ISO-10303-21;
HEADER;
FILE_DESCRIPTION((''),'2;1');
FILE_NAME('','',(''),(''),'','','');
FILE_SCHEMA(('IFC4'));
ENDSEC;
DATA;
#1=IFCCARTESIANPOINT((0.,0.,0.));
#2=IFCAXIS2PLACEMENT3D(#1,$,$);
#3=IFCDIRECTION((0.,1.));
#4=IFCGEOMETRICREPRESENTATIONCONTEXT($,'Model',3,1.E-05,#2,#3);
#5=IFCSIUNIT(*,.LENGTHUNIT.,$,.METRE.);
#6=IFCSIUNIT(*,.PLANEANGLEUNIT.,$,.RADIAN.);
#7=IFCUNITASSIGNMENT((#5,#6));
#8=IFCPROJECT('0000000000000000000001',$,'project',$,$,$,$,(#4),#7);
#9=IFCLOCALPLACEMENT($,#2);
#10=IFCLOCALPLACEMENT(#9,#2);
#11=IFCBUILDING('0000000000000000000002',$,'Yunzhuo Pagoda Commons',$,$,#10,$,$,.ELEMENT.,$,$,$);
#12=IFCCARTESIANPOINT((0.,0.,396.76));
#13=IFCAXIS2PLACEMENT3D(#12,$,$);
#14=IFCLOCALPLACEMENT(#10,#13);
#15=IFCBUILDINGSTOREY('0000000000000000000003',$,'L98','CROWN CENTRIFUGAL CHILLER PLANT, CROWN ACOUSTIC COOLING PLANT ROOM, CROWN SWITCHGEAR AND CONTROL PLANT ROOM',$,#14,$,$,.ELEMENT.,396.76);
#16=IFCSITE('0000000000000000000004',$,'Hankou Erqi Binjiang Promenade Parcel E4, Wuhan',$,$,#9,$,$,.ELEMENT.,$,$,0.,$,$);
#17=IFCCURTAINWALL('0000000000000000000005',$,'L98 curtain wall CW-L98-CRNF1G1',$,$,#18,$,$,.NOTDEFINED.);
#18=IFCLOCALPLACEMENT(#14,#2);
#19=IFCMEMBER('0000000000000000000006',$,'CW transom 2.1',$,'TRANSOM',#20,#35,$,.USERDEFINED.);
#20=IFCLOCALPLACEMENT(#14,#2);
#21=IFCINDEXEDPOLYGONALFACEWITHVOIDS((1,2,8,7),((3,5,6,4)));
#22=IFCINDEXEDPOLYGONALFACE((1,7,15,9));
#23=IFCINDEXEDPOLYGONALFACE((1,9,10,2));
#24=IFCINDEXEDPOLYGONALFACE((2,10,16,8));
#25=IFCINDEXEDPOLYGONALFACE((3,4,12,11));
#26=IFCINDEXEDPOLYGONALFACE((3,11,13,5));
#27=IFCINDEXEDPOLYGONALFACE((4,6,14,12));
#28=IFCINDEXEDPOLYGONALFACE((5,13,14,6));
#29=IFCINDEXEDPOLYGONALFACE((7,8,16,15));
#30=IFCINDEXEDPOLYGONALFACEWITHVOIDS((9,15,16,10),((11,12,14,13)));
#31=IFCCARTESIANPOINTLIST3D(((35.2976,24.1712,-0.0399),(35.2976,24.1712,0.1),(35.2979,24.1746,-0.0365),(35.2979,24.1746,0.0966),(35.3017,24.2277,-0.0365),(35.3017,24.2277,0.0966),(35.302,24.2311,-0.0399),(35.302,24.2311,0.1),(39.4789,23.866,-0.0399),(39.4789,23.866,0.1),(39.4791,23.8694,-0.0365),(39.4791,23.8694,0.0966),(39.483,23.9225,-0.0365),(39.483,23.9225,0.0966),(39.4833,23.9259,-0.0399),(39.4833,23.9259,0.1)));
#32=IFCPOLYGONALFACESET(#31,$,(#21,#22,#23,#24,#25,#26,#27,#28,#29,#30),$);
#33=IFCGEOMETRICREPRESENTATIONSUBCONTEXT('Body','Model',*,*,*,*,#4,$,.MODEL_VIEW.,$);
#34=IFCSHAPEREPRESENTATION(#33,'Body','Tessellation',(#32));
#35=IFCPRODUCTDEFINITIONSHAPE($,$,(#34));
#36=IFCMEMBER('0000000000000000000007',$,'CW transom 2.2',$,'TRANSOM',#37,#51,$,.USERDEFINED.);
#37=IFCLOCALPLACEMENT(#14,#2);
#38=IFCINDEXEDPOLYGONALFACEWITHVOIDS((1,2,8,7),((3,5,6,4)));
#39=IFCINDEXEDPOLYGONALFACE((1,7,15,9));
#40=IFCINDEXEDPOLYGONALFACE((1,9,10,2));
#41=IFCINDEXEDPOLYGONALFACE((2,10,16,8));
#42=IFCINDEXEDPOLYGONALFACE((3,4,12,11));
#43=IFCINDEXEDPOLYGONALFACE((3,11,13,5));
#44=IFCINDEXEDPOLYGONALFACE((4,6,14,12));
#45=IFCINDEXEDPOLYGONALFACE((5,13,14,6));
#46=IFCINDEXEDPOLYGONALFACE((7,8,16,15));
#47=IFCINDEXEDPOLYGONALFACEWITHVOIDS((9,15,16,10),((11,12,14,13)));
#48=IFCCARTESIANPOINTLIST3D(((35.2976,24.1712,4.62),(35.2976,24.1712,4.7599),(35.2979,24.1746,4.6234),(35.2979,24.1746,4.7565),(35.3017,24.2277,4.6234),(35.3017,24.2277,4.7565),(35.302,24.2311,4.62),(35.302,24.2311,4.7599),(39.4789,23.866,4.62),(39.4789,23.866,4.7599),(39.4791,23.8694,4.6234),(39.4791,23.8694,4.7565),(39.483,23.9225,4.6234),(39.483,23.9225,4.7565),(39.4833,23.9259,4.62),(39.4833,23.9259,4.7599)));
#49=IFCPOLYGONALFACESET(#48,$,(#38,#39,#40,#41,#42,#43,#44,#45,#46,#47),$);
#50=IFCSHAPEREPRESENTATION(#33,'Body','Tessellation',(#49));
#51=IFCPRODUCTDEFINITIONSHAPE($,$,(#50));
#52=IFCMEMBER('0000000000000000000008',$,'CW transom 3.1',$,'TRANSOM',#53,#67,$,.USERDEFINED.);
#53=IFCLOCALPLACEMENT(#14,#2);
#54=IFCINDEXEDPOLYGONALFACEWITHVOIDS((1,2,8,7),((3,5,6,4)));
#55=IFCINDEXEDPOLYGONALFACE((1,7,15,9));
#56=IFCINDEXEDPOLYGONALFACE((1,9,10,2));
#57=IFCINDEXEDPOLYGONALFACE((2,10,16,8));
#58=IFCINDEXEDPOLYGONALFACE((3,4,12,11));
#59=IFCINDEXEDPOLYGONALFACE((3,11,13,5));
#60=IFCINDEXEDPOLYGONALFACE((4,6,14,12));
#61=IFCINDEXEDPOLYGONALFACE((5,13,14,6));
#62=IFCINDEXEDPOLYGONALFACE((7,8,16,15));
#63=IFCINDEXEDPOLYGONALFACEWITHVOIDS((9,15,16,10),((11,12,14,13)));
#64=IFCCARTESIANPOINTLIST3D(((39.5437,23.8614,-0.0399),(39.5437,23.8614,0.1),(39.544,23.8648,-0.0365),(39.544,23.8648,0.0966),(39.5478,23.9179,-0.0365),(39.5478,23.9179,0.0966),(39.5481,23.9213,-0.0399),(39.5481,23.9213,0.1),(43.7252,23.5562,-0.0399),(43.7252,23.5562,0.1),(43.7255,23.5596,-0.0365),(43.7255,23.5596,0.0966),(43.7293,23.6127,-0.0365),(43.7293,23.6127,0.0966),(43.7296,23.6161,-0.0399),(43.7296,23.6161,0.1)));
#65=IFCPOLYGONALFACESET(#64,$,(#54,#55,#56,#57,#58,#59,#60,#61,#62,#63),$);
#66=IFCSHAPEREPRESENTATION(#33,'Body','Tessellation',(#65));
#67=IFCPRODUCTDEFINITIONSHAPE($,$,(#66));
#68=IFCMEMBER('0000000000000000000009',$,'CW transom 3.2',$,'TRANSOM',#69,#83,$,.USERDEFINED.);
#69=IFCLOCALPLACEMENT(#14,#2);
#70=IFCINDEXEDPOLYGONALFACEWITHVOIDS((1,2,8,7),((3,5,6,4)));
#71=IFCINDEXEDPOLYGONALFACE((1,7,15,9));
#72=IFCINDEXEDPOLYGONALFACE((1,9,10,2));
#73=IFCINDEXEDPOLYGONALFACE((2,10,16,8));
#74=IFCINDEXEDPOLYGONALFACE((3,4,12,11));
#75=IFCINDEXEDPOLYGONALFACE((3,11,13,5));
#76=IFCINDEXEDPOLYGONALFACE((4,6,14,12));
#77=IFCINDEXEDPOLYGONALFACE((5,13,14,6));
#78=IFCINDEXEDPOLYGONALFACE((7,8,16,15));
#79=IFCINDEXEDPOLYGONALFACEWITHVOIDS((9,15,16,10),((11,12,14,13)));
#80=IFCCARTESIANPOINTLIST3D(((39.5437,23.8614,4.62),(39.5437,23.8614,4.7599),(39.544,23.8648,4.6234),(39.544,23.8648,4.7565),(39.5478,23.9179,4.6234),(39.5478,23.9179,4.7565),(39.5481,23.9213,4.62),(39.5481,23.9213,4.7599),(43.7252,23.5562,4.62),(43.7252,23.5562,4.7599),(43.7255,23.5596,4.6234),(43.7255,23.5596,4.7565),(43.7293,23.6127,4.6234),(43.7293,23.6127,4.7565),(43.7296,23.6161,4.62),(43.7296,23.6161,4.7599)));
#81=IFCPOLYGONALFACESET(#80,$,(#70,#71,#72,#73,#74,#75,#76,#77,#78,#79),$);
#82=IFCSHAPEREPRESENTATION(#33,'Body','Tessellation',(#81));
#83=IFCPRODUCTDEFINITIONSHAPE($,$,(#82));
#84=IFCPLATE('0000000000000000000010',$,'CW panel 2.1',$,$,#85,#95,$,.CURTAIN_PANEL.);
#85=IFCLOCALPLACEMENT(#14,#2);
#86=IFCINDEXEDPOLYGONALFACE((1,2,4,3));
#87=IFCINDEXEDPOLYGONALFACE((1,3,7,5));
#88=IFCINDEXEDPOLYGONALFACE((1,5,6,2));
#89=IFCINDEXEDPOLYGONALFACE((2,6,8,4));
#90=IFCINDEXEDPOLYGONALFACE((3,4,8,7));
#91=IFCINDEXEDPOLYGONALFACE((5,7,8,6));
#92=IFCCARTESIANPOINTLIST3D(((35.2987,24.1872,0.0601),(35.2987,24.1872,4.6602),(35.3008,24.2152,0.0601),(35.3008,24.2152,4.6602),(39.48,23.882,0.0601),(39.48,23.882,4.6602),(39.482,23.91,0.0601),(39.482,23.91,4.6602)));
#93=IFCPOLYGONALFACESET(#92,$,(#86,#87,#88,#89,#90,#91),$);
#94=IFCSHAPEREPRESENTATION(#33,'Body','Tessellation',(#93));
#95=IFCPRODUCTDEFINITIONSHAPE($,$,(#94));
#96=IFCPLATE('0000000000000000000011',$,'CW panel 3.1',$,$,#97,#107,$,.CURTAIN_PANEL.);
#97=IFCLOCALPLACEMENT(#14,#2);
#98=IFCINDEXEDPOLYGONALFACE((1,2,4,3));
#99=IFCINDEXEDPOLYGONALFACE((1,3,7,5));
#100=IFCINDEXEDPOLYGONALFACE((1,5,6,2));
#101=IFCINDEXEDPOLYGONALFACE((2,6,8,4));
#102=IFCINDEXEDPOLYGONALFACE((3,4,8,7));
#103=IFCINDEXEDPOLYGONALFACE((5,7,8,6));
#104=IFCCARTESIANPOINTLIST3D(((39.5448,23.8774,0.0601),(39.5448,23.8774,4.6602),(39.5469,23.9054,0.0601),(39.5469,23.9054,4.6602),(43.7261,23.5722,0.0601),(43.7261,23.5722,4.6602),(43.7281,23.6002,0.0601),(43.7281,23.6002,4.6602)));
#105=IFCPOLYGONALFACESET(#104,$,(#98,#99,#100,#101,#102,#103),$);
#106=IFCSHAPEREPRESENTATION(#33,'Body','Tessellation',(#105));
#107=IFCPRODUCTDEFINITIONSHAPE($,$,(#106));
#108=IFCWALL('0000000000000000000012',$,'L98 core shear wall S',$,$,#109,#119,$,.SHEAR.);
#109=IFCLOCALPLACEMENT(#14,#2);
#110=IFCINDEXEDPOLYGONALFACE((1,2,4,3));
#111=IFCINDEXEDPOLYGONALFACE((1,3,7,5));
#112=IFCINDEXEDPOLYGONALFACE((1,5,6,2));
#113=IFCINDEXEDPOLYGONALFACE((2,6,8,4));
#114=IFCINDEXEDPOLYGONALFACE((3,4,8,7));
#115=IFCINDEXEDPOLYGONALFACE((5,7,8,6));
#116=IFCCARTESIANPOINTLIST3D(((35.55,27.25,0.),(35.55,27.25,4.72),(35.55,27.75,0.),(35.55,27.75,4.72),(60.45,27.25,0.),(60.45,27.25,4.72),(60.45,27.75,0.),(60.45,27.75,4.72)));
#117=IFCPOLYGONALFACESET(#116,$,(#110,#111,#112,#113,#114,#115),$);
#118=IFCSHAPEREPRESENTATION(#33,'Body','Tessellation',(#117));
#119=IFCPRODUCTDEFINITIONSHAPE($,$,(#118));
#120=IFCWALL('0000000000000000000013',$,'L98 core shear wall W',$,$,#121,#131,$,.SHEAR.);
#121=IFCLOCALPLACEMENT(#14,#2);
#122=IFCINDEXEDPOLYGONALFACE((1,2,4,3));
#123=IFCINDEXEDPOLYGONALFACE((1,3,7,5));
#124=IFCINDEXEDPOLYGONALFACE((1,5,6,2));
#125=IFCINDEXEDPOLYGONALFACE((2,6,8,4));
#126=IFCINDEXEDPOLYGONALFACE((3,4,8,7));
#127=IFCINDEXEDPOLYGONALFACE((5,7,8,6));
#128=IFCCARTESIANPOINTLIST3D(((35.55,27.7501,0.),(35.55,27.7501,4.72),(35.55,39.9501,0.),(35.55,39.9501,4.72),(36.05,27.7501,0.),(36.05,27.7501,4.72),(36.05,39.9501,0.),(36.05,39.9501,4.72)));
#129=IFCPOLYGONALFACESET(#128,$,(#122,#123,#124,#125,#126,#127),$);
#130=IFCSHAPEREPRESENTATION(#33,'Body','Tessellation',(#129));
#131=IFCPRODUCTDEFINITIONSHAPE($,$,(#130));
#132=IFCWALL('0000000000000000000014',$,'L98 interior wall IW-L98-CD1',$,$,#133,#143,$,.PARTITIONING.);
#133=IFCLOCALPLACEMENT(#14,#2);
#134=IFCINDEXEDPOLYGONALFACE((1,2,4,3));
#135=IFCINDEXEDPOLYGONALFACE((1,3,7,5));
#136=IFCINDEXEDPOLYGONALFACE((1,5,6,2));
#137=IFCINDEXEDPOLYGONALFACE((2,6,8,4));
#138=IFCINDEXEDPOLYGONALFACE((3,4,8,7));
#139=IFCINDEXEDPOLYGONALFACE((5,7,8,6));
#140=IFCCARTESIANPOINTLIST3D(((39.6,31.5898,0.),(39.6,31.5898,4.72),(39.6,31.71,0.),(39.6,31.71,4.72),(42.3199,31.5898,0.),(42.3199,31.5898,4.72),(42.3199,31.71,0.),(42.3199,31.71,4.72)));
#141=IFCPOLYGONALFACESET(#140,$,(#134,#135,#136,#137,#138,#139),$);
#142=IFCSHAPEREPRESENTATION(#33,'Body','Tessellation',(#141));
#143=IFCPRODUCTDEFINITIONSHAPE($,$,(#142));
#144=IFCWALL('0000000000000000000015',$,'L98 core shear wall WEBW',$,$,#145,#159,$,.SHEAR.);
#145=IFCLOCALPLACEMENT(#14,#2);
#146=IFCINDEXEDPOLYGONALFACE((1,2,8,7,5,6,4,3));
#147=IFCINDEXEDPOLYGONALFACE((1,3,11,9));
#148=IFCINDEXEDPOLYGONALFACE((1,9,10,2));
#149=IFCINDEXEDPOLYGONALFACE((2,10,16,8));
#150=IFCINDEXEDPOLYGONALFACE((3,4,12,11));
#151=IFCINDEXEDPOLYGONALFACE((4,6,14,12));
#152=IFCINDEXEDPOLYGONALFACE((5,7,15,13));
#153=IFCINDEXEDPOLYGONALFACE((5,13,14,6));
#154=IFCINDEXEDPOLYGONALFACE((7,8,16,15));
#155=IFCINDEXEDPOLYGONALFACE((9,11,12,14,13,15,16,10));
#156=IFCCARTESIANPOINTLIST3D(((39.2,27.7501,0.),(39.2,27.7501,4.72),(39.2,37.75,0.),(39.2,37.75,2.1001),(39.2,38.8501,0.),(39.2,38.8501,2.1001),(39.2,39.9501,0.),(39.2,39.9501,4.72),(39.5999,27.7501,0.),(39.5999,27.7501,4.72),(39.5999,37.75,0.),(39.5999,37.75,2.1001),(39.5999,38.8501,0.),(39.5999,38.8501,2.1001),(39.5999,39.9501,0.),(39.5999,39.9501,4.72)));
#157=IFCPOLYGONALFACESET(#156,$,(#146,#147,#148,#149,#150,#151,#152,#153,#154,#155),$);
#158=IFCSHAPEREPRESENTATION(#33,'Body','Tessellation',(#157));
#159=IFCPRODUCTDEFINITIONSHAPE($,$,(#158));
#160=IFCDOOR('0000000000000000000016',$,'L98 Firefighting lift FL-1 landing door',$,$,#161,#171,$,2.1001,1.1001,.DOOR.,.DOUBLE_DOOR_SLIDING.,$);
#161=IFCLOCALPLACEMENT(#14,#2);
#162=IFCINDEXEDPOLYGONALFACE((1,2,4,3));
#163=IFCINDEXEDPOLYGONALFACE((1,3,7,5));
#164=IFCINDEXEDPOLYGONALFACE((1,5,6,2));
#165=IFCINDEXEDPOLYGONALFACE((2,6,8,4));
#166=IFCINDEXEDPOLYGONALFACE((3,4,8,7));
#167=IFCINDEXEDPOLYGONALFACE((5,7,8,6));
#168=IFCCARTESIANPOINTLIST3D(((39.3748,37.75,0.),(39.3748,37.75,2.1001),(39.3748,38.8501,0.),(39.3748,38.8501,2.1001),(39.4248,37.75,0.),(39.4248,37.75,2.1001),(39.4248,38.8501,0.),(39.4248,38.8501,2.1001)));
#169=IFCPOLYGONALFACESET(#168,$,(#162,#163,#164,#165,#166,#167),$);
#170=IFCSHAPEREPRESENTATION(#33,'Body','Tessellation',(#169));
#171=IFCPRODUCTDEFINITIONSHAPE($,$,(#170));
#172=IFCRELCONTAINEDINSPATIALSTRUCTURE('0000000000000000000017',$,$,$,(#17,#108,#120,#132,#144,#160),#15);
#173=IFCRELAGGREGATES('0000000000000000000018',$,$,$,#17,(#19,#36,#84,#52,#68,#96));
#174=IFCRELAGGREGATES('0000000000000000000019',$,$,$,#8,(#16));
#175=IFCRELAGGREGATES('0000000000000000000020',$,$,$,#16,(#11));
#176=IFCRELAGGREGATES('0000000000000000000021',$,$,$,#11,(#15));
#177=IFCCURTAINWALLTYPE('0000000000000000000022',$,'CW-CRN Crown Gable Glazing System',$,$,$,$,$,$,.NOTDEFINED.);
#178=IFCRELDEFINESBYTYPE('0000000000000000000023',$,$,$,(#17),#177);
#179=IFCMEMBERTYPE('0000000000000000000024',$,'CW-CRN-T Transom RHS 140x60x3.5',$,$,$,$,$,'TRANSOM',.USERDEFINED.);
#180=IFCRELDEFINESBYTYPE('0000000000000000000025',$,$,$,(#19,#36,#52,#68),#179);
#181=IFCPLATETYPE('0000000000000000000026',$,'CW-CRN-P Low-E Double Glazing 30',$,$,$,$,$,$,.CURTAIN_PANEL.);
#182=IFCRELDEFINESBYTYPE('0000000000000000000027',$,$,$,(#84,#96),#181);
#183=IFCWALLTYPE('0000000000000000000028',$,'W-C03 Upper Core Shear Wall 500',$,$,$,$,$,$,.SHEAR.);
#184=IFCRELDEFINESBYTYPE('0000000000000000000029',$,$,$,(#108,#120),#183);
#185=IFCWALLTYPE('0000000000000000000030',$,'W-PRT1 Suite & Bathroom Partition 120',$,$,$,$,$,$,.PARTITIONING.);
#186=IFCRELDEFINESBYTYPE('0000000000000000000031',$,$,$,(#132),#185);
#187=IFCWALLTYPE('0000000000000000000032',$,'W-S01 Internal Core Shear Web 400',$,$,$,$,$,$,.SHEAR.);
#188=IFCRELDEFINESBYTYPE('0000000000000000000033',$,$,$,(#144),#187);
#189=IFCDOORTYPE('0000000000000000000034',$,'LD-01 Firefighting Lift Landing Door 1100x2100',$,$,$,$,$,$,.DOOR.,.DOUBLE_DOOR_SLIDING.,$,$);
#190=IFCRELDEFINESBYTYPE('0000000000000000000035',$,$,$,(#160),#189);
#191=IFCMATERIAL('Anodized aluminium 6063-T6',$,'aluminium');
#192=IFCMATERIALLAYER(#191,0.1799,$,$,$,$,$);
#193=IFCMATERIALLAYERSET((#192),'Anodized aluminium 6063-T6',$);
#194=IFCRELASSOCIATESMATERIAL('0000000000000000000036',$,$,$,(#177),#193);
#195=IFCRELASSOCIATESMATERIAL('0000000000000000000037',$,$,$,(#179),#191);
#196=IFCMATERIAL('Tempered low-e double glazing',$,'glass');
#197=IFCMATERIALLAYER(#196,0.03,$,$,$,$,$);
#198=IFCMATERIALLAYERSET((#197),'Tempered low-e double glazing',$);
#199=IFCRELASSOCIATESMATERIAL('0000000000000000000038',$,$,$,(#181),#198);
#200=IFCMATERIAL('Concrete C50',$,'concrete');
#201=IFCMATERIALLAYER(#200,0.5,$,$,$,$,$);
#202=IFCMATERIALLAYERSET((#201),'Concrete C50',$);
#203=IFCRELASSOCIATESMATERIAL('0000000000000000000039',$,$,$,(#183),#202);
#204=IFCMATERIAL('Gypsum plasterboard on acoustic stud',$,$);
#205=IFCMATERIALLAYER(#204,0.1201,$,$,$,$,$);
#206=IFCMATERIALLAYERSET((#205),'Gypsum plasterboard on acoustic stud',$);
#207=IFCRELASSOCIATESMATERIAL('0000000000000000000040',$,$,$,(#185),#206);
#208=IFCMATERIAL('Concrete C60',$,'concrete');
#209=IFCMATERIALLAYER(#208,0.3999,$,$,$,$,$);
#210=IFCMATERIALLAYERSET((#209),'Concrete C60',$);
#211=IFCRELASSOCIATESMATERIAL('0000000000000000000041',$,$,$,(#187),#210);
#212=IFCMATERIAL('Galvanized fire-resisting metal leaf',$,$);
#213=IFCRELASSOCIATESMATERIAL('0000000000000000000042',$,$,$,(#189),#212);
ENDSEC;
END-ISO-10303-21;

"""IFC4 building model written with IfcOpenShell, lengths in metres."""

from ifc_helpers import new_model, si_unit, direction, frame, frame_2d, origin, origin_2d, place, context, subcontext, project, spatial, rectangle, hollow_rectangle, extrude, source, transform, mapped, material, layer, layer_set, material_profile, profile_set, type_object, element, fill, aggregate, save


model = new_model("IFC4")

# Units and contexts
model_context = context("Model", 3, precision=1e-05, world=origin(), true_north=direction((0.0, 1.0)))
body_context = subcontext(model_context, "Body", "Model", "MODEL_VIEW")
ifc_project = project(units=[si_unit("LENGTHUNIT", "METRE"), si_unit("PLANEANGLEUNIT", "RADIAN")], contexts=[model_context])

# Site, building, storey
site_placement = place(None, origin())
site = spatial("IfcSite", under=ifc_project, at=site_placement, Name="Hankou Erqi Binjiang Promenade Parcel E4, Wuhan", CompositionType="ELEMENT", RefElevation=0.0)
building_placement = place(site_placement, origin())
building = spatial("IfcBuilding", under=site, at=building_placement, Name="Yunzhuo Pagoda Commons", CompositionType="ELEMENT")
storey_placement = place(building_placement, frame((0.0, 0.0, 396.76)))
storey = spatial("IfcBuildingStorey", under=building, at=storey_placement, Name="L98", Description="CROWN CENTRIFUGAL CHILLER PLANT, CROWN ACOUSTIC COOLING PLANT ROOM, CROWN SWITCHGEAR AND CONTROL PLANT ROOM", CompositionType="ELEMENT", Elevation=396.76)

# Curtain wall, members, plates
ifc_material_1 = material(Name="Anodized aluminium 6063-T6", Category="aluminium")
ifc_layer_1 = layer(ifc_material_1, 0.1799)
ifc_layer_set_1 = layer_set([ifc_layer_1], Name="Anodized aluminium 6063-T6")
curtain_wall_type = type_object("IfcCurtainWallType", Name="CW-CRN Crown Gable Glazing System", PredefinedType="NOTDEFINED", material=ifc_layer_set_1)
curtain_wall_placement = place(storey_placement, origin())
curtain_wall = element("IfcCurtainWall", 1, at=curtain_wall_placement, inside=storey, type_object=curtain_wall_type, Name="L98 curtain wall CW-L98-CRNF1G1", PredefinedType="NOTDEFINED")
ifc_material_profile_1 = material_profile(ifc_material_1, hollow_rectangle(XDim=0.0601, YDim=0.1399, WallThickness=0.0034, at=origin_2d()), Name="Anodized aluminium 6063-T6")
ifc_profile_set_1 = profile_set([ifc_material_profile_1], Name="Anodized aluminium 6063-T6")
member_type_1 = type_object("IfcMemberType", Name="CW-CRN-T Transom RHS 140x60x3.5", ElementType="TRANSOM", PredefinedType="USERDEFINED", material=ifc_profile_set_1)
shared_shape_1 = source(origin(), body_context, "Body", "SweptSolid", [
    extrude(hollow_rectangle(XDim=0.0601, YDim=0.1399, WallThickness=0.0034, at=origin_2d()), origin(), (0.0, 0.0, 1.0), 4.1924),
])
member_1_placement = place(storey_placement, frame((35.2998, 24.2012, 0.03), z_axis=(0.997347, -0.072795, 0.0), x_axis=(0.072795, 0.997347, 0.0)))
member_1 = element("IfcMember", 2, at=member_1_placement, type_object=member_type_1, Name="CW transom 2.1", ObjectType="TRANSOM", PredefinedType="USERDEFINED", context=body_context, shape_type="MappedRepresentation", body=[
    mapped(shared_shape_1, transform((0.0, 0.0, 0.0), scale=1.0)),
])
member_2_placement = place(storey_placement, frame((35.2998, 24.2012, 4.6899), z_axis=(0.997347, -0.072795, 0.0), x_axis=(0.072795, 0.997347, 0.0)))
member_2 = element("IfcMember", 3, at=member_2_placement, type_object=member_type_1, Name="CW transom 2.2", ObjectType="TRANSOM", PredefinedType="USERDEFINED", context=body_context, shape_type="MappedRepresentation", body=[
    mapped(shared_shape_1, transform((0.0, 0.0, 0.0), scale=1.0)),
])
shared_shape_2 = source(origin(), body_context, "Body", "SweptSolid", [
    extrude(hollow_rectangle(XDim=0.0601, YDim=0.1399, WallThickness=0.0034, at=origin_2d()), origin(), (0.0, 0.0, 1.0), 4.1926),
])
member_3_placement = place(storey_placement, frame((39.5459, 23.8914, 0.03), z_axis=(0.997347, -0.072791, 0.0), x_axis=(0.072791, 0.997347, 0.0)))
member_3 = element("IfcMember", 4, at=member_3_placement, type_object=member_type_1, Name="CW transom 3.1", ObjectType="TRANSOM", PredefinedType="USERDEFINED", context=body_context, shape_type="MappedRepresentation", body=[
    mapped(shared_shape_2, transform((0.0, 0.0, 0.0), scale=1.0)),
])
member_4_placement = place(storey_placement, frame((39.5459, 23.8914, 4.6899), z_axis=(0.997347, -0.072791, 0.0), x_axis=(0.072791, 0.997347, 0.0)))
member_4 = element("IfcMember", 5, at=member_4_placement, type_object=member_type_1, Name="CW transom 3.2", ObjectType="TRANSOM", PredefinedType="USERDEFINED", context=body_context, shape_type="MappedRepresentation", body=[
    mapped(shared_shape_2, transform((0.0, 0.0, 0.0), scale=1.0)),
])
ifc_material_2 = material(Name="Tempered low-e double glazing", Category="glass")
ifc_layer_2 = layer(ifc_material_2, 0.03)
ifc_layer_set_2 = layer_set([ifc_layer_2], Name="Tempered low-e double glazing")
plate_type = type_object("IfcPlateType", Name="CW-CRN-P Low-E Double Glazing 30", PredefinedType="CURTAIN_PANEL", material=ifc_layer_set_2)
shared_shape_3 = source(origin(), body_context, "Body", "SweptSolid", [
    extrude(rectangle(XDim=4.1924, YDim=0.0281, at=origin_2d()), origin(), (0.0, 0.0, 1.0), 4.6001),
])
plate_1_placement = place(storey_placement, frame((37.3904, 24.0486, 0.0601), z_axis=(0.0, 0.0, 1.0), x_axis=(0.997347, -0.072796, 0.0)))
plate_1 = element("IfcPlate", 6, at=plate_1_placement, type_object=plate_type, Name="CW panel 2.1", PredefinedType="CURTAIN_PANEL", context=body_context, shape_type="MappedRepresentation", body=[
    mapped(shared_shape_3, transform((0.0, 0.0, 0.0), scale=1.0)),
])
plate_2_placement = place(storey_placement, frame((41.6365, 23.7388, 0.0601), z_axis=(0.0, 0.0, 1.0), x_axis=(0.997347, -0.072796, 0.0)))
plate_2 = element("IfcPlate", 7, at=plate_2_placement, type_object=plate_type, Name="CW panel 3.1", PredefinedType="CURTAIN_PANEL", context=body_context, shape_type="MappedRepresentation", body=[
    mapped(shared_shape_3, transform((0.0, 0.0, 0.0), scale=1.0)),
])
aggregate(curtain_wall, [member_1, member_2, plate_1, member_3, member_4, plate_2])

# Walls
ifc_material_3 = material(Name="Concrete C50", Category="concrete")
ifc_layer_3 = layer(ifc_material_3, 0.5)
ifc_layer_set_3 = layer_set([ifc_layer_3], Name="Concrete C50")
wall_type_1 = type_object("IfcWallType", Name="W-C03 Upper Core Shear Wall 500", PredefinedType="SHEAR", material=ifc_layer_set_3)
wall_1_placement = place(storey_placement, frame((35.55, 27.5, 0.0), z_axis=(0.0, 0.0, 1.0), x_axis=(1.0, 0.0, 0.0)))
element("IfcWall", 8, at=wall_1_placement, inside=storey, type_object=wall_type_1, Name="L98 core shear wall S", PredefinedType="SHEAR", context=body_context, shape_type="SweptSolid", body=[
    extrude(rectangle(XDim=24.8999, YDim=0.5, at=frame_2d((12.45, 0.0))), origin(), (0.0, 0.0, 1.0), 4.72),
])
wall_2_placement = place(storey_placement, frame((35.8, 27.75, 0.0), z_axis=(0.0, 0.0, 1.0), x_axis=(0.0, 1.0, 0.0)))
element("IfcWall", 9, at=wall_2_placement, inside=storey, type_object=wall_type_1, Name="L98 core shear wall W", PredefinedType="SHEAR", context=body_context, shape_type="SweptSolid", body=[
    extrude(rectangle(XDim=12.2, YDim=0.5, at=frame_2d((6.1001, 0.0))), origin(), (0.0, 0.0, 1.0), 4.72),
])
ifc_material_4 = material(Name="Gypsum plasterboard on acoustic stud")
ifc_layer_4 = layer(ifc_material_4, 0.1201)
ifc_layer_set_4 = layer_set([ifc_layer_4], Name="Gypsum plasterboard on acoustic stud")
wall_type_2 = type_object("IfcWallType", Name="W-PRT1 Suite & Bathroom Partition 120", PredefinedType="PARTITIONING", material=ifc_layer_set_4)
wall_3_placement = place(storey_placement, frame((39.6001, 31.6499, 0.0), z_axis=(0.0, 0.0, 1.0), x_axis=(1.0, 0.0, 0.0)))
element("IfcWall", 10, at=wall_3_placement, inside=storey, type_object=wall_type_2, Name="L98 interior wall IW-L98-CD1", PredefinedType="PARTITIONING", context=body_context, shape_type="SweptSolid", body=[
    extrude(rectangle(XDim=2.72, YDim=0.1201, at=frame_2d((1.3599, 0.0))), origin(), (0.0, 0.0, 1.0), 4.72),
])

# Wall, opening, door
ifc_material_5 = material(Name="Concrete C60", Category="concrete")
ifc_layer_5 = layer(ifc_material_5, 0.3999)
ifc_layer_set_5 = layer_set([ifc_layer_5], Name="Concrete C60")
wall_type_3 = type_object("IfcWallType", Name="W-S01 Internal Core Shear Web 400", PredefinedType="SHEAR", material=ifc_layer_set_5)
wall_4_placement = place(storey_placement, frame((39.3999, 27.75, 0.0), z_axis=(0.0, 0.0, 1.0), x_axis=(0.0, 1.0, 0.0)))
wall_4 = element("IfcWall", 11, at=wall_4_placement, inside=storey, type_object=wall_type_3, Name="L98 core shear wall WEBW", PredefinedType="SHEAR", context=body_context, shape_type="SweptSolid", body=[
    extrude(rectangle(XDim=12.2, YDim=0.3999, at=frame_2d((6.1001, 0.0))), origin(), (0.0, 0.0, 1.0), 4.72),
])
opening_placement = place(wall_4_placement, frame((10.0, 0.0, 0.0)))
opening = element("IfcOpeningElement", 12, at=opening_placement, cuts=wall_4, PredefinedType="OPENING", context=body_context, shape_type="SweptSolid", body=[
    extrude(rectangle(XDim=1.1001, YDim=2.1001, at=frame_2d((0.55, 1.05))), frame((0.0, 0.21, 0.0), z_axis=(0.0, -1.0, 0.0), x_axis=(1.0, 0.0, 0.0)), (0.0, 0.0, 1.0), 0.4199),
])
ifc_material_6 = material(Name="Galvanized fire-resisting metal leaf")
door_type = type_object("IfcDoorType", Name="LD-01 Firefighting Lift Landing Door 1100x2100", OperationType="DOUBLE_DOOR_SLIDING", PredefinedType="DOOR", material=ifc_material_6)
shared_shape_4 = source(origin(), body_context, "Body", "SweptSolid", [
    extrude(rectangle(XDim=1.1001, YDim=2.1001, at=frame_2d((0.55, 1.05))), frame((0.0, 0.0249, 0.0), z_axis=(0.0, -1.0, 0.0), x_axis=(1.0, 0.0, 0.0)), (0.0, 0.0, 1.0), 0.05),
])
door_placement = place(opening_placement, frame((1.1001, 0.0, 0.0), z_axis=(0.0, 0.0, 1.0), x_axis=(-1.0, 0.0, 0.0)))
door = element("IfcDoor", 13, at=door_placement, inside=storey, type_object=door_type, Name="L98 Firefighting lift FL-1 landing door", OperationType="DOUBLE_DOOR_SLIDING", OverallHeight=2.1001, OverallWidth=1.1001, PredefinedType="DOOR", context=body_context, shape_type="MappedRepresentation", body=[
    mapped(shared_shape_4, transform((0.0, 0.0, 0.0), scale=1.0)),
])
fill(opening, door)

save(model, "model.ifc")
